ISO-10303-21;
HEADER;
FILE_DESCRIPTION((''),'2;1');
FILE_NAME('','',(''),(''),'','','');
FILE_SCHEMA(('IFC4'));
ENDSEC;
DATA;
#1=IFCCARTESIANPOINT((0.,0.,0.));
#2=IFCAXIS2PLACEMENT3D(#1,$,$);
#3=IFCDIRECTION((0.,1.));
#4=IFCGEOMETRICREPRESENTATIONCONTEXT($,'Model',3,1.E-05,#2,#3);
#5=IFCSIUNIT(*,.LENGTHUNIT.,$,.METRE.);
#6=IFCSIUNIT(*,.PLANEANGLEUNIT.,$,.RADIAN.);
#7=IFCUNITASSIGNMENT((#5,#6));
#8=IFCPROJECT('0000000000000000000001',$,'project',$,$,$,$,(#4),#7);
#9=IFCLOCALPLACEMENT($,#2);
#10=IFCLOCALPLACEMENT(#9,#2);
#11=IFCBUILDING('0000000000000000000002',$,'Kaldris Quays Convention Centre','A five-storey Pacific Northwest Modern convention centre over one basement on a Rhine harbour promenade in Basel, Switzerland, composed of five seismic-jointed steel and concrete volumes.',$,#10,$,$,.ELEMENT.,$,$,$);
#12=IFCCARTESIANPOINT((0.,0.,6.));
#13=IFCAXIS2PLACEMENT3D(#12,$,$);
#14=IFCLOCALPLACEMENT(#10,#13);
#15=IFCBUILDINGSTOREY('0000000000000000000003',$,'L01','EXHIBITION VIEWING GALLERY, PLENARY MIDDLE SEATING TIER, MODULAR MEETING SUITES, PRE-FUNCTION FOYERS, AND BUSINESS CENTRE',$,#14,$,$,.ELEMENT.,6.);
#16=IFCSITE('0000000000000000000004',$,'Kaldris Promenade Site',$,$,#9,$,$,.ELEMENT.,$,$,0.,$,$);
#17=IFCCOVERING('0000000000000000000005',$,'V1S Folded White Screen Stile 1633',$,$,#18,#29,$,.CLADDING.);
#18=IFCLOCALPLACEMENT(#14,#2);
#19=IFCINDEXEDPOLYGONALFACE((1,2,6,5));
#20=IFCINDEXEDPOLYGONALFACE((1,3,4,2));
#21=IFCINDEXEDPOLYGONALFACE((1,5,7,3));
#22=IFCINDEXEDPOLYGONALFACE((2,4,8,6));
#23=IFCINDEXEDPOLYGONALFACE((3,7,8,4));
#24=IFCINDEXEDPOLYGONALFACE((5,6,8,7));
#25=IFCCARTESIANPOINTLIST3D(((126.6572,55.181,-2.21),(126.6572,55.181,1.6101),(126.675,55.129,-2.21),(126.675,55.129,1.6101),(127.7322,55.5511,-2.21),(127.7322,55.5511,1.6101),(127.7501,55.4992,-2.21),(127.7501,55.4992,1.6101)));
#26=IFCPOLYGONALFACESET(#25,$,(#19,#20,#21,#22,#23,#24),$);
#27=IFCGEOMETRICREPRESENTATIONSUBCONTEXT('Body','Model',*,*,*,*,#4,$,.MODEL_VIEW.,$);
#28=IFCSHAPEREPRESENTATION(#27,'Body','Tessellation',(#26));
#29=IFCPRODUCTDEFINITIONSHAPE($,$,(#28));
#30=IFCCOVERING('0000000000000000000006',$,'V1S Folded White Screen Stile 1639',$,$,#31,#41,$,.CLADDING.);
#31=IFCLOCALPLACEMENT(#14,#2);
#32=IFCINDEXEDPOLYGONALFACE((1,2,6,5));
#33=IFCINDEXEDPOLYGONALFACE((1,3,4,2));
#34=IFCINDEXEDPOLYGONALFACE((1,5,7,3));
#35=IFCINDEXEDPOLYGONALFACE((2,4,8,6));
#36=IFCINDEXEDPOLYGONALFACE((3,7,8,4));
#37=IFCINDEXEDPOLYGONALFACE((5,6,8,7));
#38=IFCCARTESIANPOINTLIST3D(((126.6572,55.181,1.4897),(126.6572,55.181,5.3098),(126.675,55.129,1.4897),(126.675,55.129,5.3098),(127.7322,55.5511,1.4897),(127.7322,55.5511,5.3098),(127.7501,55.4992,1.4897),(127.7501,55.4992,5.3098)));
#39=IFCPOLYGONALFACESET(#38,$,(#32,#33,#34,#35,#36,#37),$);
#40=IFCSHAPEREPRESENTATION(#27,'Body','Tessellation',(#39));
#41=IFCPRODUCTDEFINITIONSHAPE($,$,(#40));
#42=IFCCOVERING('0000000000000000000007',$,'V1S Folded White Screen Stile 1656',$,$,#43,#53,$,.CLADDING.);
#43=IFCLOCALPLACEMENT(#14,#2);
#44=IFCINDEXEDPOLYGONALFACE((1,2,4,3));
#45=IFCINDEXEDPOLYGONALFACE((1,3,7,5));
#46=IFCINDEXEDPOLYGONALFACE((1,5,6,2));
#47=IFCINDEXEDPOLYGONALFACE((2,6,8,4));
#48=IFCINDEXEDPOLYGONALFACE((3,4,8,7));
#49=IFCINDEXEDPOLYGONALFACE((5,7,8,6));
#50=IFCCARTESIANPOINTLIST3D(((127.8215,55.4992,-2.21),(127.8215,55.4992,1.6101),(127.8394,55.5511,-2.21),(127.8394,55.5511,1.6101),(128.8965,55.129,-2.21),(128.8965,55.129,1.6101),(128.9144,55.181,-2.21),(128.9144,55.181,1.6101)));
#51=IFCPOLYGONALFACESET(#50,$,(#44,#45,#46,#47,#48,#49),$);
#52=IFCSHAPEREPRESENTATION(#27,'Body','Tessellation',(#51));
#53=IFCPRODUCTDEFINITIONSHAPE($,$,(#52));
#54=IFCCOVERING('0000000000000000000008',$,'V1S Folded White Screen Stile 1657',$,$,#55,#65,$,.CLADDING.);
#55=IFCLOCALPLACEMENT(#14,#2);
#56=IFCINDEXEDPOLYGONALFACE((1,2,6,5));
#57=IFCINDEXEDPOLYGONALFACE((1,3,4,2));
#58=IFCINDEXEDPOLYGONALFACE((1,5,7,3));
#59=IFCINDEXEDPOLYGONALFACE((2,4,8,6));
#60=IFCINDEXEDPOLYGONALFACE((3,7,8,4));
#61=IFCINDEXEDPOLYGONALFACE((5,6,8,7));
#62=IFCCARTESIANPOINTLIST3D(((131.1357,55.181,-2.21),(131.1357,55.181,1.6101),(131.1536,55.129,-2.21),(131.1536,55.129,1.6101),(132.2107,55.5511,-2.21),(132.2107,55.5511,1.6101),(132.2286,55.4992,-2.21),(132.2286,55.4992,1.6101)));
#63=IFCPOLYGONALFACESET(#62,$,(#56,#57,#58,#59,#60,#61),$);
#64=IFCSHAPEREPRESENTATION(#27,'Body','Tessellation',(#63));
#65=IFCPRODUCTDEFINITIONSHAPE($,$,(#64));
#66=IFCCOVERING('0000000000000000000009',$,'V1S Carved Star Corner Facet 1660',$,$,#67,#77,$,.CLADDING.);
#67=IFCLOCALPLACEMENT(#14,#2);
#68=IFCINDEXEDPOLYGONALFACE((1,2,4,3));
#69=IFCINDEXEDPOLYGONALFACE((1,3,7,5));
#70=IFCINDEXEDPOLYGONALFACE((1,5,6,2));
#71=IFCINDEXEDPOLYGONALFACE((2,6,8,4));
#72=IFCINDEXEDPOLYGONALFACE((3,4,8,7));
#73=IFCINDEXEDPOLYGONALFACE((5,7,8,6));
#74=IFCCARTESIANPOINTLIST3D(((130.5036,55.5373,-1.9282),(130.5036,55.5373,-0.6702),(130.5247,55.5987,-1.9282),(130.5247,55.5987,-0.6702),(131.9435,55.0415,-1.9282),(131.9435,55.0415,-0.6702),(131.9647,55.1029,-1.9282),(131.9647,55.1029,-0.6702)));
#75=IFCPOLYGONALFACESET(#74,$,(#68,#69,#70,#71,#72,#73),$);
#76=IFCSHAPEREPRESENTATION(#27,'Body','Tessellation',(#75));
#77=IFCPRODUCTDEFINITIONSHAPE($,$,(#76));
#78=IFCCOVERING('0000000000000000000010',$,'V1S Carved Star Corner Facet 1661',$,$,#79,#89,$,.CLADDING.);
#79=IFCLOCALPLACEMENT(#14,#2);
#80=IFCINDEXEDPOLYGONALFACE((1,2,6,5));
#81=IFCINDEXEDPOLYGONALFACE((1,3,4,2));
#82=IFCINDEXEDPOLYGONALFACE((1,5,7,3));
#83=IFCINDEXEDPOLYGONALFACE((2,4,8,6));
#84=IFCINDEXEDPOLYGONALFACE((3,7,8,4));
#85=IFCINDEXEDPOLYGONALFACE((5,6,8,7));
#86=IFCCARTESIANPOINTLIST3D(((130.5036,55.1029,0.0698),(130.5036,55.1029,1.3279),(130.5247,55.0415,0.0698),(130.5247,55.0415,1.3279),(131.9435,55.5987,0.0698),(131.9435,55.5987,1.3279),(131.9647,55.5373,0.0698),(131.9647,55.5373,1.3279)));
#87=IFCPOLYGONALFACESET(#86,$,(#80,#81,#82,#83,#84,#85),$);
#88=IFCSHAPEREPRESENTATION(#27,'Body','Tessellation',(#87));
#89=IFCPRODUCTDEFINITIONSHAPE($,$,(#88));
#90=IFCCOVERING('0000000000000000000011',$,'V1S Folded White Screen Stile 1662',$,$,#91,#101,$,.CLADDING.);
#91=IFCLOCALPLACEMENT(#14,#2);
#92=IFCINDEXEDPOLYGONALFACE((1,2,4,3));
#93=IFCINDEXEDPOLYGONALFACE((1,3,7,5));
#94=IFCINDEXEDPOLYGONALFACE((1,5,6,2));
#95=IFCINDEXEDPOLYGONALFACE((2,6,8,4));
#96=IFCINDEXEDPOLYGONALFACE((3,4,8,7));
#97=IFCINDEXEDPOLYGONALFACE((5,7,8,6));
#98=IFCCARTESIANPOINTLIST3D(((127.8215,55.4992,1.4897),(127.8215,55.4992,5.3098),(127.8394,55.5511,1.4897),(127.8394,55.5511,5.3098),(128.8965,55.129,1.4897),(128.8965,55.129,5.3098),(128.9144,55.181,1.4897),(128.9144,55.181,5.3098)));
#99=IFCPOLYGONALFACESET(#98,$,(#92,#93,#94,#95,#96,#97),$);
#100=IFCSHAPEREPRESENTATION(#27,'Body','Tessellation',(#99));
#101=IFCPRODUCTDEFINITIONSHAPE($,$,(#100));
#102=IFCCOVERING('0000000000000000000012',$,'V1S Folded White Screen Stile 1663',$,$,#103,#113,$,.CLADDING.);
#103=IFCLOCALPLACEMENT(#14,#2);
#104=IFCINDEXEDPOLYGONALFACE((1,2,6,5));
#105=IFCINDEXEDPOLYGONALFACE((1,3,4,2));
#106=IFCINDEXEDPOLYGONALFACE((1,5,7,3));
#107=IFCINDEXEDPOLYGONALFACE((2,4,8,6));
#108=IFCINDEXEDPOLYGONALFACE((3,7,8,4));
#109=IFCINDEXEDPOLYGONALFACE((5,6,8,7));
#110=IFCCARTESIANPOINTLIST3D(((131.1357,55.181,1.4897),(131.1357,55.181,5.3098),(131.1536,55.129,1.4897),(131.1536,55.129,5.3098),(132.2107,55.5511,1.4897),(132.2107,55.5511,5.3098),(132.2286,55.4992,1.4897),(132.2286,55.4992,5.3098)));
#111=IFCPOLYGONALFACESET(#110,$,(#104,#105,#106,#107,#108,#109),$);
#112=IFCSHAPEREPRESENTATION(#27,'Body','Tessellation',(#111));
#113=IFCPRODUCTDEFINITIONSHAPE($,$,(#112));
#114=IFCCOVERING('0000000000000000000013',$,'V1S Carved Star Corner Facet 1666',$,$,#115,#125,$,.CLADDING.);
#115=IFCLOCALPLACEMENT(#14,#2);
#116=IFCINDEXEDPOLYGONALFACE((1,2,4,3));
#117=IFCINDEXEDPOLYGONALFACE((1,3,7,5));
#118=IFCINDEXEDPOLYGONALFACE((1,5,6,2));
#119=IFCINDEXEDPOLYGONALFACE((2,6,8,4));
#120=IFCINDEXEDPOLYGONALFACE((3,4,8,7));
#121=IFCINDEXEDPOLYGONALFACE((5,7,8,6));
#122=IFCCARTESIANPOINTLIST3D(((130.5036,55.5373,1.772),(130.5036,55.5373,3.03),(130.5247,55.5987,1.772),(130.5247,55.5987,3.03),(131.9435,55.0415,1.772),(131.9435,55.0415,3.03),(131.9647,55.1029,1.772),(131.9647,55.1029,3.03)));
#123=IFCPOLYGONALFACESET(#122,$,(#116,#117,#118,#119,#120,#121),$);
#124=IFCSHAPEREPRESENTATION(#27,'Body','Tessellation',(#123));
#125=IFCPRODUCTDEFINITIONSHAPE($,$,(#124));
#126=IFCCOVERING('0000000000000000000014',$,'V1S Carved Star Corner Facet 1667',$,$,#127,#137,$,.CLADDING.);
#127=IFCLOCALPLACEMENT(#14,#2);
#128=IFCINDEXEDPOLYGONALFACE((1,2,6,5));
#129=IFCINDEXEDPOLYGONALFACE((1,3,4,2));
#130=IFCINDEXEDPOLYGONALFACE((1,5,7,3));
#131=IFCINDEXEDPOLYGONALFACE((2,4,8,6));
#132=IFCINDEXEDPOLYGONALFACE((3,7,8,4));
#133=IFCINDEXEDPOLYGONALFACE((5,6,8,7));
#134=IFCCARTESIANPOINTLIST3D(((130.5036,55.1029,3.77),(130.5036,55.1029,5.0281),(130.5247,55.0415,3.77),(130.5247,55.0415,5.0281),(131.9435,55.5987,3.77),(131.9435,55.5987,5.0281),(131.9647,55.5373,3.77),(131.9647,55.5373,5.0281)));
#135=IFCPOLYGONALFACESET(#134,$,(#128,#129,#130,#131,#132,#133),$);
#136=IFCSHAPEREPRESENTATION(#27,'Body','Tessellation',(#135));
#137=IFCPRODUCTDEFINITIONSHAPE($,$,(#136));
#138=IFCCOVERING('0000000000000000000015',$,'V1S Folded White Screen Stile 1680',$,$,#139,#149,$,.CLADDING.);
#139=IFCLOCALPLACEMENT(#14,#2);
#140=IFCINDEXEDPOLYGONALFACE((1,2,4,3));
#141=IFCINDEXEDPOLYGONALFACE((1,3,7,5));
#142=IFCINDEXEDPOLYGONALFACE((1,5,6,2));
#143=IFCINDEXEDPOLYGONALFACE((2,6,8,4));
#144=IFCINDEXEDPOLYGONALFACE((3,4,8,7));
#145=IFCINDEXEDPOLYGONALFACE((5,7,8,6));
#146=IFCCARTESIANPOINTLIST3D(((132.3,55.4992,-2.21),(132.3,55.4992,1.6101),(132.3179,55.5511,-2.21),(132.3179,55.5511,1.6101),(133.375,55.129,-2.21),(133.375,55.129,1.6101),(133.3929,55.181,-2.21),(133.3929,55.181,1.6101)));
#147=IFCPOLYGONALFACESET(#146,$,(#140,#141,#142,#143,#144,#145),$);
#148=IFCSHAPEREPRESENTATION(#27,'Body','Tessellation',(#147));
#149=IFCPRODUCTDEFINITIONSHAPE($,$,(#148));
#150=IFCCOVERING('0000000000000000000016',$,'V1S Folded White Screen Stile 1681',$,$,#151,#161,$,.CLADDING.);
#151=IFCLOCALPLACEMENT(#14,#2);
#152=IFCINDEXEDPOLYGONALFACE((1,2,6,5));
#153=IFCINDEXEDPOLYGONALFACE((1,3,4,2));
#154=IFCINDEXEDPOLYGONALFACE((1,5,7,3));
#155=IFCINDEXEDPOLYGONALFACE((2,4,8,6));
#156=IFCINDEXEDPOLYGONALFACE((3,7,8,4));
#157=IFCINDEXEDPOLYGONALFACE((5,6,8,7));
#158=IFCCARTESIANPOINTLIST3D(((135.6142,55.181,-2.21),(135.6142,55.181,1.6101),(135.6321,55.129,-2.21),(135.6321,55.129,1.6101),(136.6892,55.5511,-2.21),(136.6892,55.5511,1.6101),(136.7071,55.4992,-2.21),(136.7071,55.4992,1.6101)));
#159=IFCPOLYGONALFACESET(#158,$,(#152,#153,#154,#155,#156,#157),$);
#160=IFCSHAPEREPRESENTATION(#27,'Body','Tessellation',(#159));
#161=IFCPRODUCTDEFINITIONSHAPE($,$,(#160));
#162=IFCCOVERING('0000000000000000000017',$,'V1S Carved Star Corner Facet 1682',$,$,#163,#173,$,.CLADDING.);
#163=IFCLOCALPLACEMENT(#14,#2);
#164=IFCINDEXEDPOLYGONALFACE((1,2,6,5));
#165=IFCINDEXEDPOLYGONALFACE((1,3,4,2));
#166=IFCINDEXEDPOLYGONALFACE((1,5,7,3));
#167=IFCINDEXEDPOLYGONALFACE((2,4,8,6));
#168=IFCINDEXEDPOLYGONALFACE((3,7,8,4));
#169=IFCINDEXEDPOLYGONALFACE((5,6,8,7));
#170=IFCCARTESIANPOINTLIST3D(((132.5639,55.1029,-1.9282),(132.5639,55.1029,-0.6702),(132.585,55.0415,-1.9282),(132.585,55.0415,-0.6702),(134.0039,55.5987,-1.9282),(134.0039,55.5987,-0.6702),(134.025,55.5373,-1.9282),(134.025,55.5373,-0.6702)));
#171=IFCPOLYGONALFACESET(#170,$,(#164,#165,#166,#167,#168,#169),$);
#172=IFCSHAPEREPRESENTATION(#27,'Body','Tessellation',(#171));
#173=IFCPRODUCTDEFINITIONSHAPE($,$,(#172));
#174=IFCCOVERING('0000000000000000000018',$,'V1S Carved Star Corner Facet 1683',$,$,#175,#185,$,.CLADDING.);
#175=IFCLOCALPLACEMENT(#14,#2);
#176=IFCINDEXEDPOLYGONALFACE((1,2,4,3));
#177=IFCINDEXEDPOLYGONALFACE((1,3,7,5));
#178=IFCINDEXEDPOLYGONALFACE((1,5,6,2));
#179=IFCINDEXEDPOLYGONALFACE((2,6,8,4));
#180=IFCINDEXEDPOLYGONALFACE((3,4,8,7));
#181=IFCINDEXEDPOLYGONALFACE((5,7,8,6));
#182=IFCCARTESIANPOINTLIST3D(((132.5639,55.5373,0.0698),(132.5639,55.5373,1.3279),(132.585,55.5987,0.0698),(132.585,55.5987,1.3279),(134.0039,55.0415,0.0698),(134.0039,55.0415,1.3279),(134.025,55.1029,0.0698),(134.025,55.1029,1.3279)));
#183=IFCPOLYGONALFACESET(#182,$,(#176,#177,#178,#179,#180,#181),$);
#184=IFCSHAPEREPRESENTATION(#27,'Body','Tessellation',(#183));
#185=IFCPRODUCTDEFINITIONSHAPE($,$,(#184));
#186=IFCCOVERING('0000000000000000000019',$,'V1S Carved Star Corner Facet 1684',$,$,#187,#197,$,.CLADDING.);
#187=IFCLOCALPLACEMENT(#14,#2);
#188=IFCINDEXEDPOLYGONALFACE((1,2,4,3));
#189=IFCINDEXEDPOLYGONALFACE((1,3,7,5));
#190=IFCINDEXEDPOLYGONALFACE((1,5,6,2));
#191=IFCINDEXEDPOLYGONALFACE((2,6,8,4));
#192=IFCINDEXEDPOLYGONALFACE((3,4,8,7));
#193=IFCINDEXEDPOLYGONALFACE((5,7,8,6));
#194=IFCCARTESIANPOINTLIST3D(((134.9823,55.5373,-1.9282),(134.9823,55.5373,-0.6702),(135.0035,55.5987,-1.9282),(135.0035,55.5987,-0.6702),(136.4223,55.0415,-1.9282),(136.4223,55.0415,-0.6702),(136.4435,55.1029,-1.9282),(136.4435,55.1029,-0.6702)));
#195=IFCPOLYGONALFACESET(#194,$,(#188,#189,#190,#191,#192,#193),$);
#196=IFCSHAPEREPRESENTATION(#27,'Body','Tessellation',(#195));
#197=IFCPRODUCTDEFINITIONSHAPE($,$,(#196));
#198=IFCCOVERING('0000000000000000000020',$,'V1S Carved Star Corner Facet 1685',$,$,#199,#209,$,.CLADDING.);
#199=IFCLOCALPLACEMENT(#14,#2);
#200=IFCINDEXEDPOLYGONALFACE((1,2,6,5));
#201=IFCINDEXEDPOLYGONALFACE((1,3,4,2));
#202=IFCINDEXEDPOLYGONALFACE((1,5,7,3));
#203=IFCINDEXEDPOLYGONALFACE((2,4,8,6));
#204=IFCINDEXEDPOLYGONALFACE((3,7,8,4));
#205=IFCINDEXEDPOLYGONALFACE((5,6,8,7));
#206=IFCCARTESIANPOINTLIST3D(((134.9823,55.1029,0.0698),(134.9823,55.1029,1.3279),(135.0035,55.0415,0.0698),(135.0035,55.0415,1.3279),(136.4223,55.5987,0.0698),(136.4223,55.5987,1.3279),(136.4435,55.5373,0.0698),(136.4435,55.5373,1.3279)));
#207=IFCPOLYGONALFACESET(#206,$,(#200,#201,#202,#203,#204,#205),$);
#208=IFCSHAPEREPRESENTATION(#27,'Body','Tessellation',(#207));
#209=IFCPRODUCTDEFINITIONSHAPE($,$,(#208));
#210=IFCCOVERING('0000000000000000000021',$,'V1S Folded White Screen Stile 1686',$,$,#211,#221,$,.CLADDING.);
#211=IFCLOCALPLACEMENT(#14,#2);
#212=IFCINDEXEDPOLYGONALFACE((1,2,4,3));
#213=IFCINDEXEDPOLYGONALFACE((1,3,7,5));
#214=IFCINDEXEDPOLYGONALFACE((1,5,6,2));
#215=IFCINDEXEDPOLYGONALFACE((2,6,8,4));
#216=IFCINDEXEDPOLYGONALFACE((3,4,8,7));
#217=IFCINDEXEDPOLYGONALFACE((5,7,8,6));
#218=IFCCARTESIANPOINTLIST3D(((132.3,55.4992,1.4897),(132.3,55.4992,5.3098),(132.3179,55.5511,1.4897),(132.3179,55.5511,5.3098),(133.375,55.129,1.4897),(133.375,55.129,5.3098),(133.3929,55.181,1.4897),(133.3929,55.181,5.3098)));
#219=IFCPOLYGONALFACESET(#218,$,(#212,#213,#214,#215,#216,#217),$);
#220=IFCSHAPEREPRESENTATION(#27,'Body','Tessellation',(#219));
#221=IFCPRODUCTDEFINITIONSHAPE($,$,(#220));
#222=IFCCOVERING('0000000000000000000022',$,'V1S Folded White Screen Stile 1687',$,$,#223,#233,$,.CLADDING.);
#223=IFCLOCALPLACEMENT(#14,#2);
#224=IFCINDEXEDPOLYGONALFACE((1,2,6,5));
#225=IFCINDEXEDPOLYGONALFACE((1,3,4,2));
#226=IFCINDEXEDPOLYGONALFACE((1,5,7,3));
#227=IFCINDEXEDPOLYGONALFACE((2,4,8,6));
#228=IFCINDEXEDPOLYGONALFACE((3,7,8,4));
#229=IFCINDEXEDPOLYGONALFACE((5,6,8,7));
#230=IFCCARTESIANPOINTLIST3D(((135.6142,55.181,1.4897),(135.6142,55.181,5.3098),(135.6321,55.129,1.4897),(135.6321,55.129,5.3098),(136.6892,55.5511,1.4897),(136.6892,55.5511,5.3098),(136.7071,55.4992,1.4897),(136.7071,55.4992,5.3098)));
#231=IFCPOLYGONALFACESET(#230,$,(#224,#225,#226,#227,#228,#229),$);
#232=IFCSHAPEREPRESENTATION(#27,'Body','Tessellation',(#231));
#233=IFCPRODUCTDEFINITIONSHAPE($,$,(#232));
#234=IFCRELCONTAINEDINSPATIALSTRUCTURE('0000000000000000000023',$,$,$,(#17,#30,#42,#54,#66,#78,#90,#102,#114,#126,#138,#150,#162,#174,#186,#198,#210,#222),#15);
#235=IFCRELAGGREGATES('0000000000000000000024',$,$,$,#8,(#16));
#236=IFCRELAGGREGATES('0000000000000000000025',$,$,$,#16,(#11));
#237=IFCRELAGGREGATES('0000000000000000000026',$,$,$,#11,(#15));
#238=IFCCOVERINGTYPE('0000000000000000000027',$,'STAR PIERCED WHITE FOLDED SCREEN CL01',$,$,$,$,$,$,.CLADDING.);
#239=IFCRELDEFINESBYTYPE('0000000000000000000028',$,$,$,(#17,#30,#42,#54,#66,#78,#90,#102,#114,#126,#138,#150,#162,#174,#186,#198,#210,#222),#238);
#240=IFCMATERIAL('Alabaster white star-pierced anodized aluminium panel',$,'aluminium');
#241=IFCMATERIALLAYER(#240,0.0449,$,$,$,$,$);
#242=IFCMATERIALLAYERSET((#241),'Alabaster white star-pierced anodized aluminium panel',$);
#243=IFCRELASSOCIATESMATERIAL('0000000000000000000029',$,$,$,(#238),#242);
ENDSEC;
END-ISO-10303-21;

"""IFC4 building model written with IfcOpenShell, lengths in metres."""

from ifc_helpers import new_model, si_unit, direction, frame, origin, origin_2d, place, context, subcontext, project, spatial, rectangle, extrude, material, layer, layer_set, type_object, element, save


model = new_model("IFC4")

# Units and contexts
model_context = context("Model", 3, precision=1e-05, world=origin(), true_north=direction((0.0, 1.0)))
body_context = subcontext(model_context, "Body", "Model", "MODEL_VIEW")
ifc_project = project(units=[si_unit("LENGTHUNIT", "METRE"), si_unit("PLANEANGLEUNIT", "RADIAN")], contexts=[model_context])

# Site, building, storey
site_placement = place(None, origin())
site = spatial("IfcSite", under=ifc_project, at=site_placement, Name="Kaldris Promenade Site", CompositionType="ELEMENT", RefElevation=0.0)
building_placement = place(site_placement, origin())
building = spatial("IfcBuilding", under=site, at=building_placement, Name="Kaldris Quays Convention Centre", Description="A five-storey Pacific Northwest Modern convention centre over one basement on a Rhine harbour promenade in Basel, Switzerland, composed of five seismic-jointed steel and concrete volumes.", CompositionType="ELEMENT")
storey_placement = place(building_placement, frame((0.0, 0.0, 6.0)))
storey = spatial("IfcBuildingStorey", under=building, at=storey_placement, Name="L01", Description="EXHIBITION VIEWING GALLERY, PLENARY MIDDLE SEATING TIER, MODULAR MEETING SUITES, PRE-FUNCTION FOYERS, AND BUSINESS CENTRE", CompositionType="ELEMENT", Elevation=6.0)

# Coverings
ifc_material = material(Name="Alabaster white star-pierced anodized aluminium panel", Category="aluminium")
ifc_layer = layer(ifc_material, 0.0449)
ifc_layer_set = layer_set([ifc_layer], Name="Alabaster white star-pierced anodized aluminium panel")
covering_type = type_object("IfcCoveringType", Name="STAR PIERCED WHITE FOLDED SCREEN CL01", PredefinedType="CLADDING", material=ifc_layer_set)
for number, where, z_axis, x_axis, name in (
    (1, (127.2036, 55.3401, -2.21), (0.0, 0.0, 1.0), (0.945519, 0.325568, 0.0), "V1S Folded White Screen Stile 1633"),
    (2, (127.2036, 55.3401, 1.4897), (0.0, 0.0, 1.0), (0.945519, 0.325568, 0.0), "V1S Folded White Screen Stile 1639"),
    (3, (128.3679, 55.3401, -2.21), (0.0, 0.0, 1.0), (0.945519, -0.325568, 0.0), "V1S Folded White Screen Stile 1656"),
    (4, (131.6821, 55.3401, -2.21), (0.0, 0.0, 1.0), (0.945519, 0.325568, 0.0), "V1S Folded White Screen Stile 1657"),
):
    element("IfcCovering", number, at=place(storey_placement, frame(where, z_axis=z_axis, x_axis=x_axis)), inside=storey, type_object=covering_type, Name=name, PredefinedType="CLADDING", context=body_context, shape_type="SweptSolid", body=[
        extrude(rectangle(XDim=1.137, YDim=0.0549, at=origin_2d()), origin(), (0.0, 0.0, 1.0), 3.8201),
    ])
for number, where, z_axis, x_axis, name in (
    (5, (131.2341, 55.3201, -1.9282), (0.0, 0.0, 1.0), (0.945519, -0.325568, 0.0), "V1S Carved Star Corner Facet 1660"),
    (6, (131.2341, 55.3201, 0.0698), (0.0, 0.0, 1.0), (0.945519, 0.325568, 0.0), "V1S Carved Star Corner Facet 1661"),
):
    element("IfcCovering", number, at=place(storey_placement, frame(where, z_axis=z_axis, x_axis=x_axis)), inside=storey, type_object=covering_type, Name=name, PredefinedType="CLADDING", context=body_context, shape_type="SweptSolid", body=[
        extrude(rectangle(XDim=1.5229, YDim=0.0649, at=origin_2d()), origin(), (0.0, 0.0, 1.0), 1.2581),
    ])
for number, where, z_axis, x_axis, name in (
    (7, (128.3679, 55.3401, 1.4897), (0.0, 0.0, 1.0), (0.945519, -0.325568, 0.0), "V1S Folded White Screen Stile 1662"),
    (8, (131.6821, 55.3401, 1.4897), (0.0, 0.0, 1.0), (0.945519, 0.325568, 0.0), "V1S Folded White Screen Stile 1663"),
):
    element("IfcCovering", number, at=place(storey_placement, frame(where, z_axis=z_axis, x_axis=x_axis)), inside=storey, type_object=covering_type, Name=name, PredefinedType="CLADDING", context=body_context, shape_type="SweptSolid", body=[
        extrude(rectangle(XDim=1.137, YDim=0.0549, at=origin_2d()), origin(), (0.0, 0.0, 1.0), 3.8201),
    ])
for number, where, z_axis, x_axis, name in (
    (9, (131.2341, 55.3201, 1.772), (0.0, 0.0, 1.0), (0.945519, -0.325568, 0.0), "V1S Carved Star Corner Facet 1666"),
    (10, (131.2341, 55.3201, 3.77), (0.0, 0.0, 1.0), (0.945519, 0.325568, 0.0), "V1S Carved Star Corner Facet 1667"),
):
    element("IfcCovering", number, at=place(storey_placement, frame(where, z_axis=z_axis, x_axis=x_axis)), inside=storey, type_object=covering_type, Name=name, PredefinedType="CLADDING", context=body_context, shape_type="SweptSolid", body=[
        extrude(rectangle(XDim=1.5229, YDim=0.0649, at=origin_2d()), origin(), (0.0, 0.0, 1.0), 1.2581),
    ])
for number, where, z_axis, x_axis, name in (
    (11, (132.8464, 55.3401, -2.21), (0.0, 0.0, 1.0), (0.945519, -0.325568, 0.0), "V1S Folded White Screen Stile 1680"),
    (12, (136.1606, 55.3401, -2.21), (0.0, 0.0, 1.0), (0.945519, 0.325568, 0.0), "V1S Folded White Screen Stile 1681"),
):
    element("IfcCovering", number, at=place(storey_placement, frame(where, z_axis=z_axis, x_axis=x_axis)), inside=storey, type_object=covering_type, Name=name, PredefinedType="CLADDING", context=body_context, shape_type="SweptSolid", body=[
        extrude(rectangle(XDim=1.137, YDim=0.0549, at=origin_2d()), origin(), (0.0, 0.0, 1.0), 3.8201),
    ])
for number, where, z_axis, x_axis, name in (
    (13, (133.2944, 55.3201, -1.9282), (0.0, 0.0, 1.0), (0.945519, 0.325568, 0.0), "V1S Carved Star Corner Facet 1682"),
    (14, (133.2944, 55.3201, 0.0698), (0.0, 0.0, 1.0), (0.945519, -0.325568, 0.0), "V1S Carved Star Corner Facet 1683"),
    (15, (135.7129, 55.3201, -1.9282), (0.0, 0.0, 1.0), (0.945519, -0.325568, 0.0), "V1S Carved Star Corner Facet 1684"),
    (16, (135.7129, 55.3201, 0.0698), (0.0, 0.0, 1.0), (0.945519, 0.325568, 0.0), "V1S Carved Star Corner Facet 1685"),
):
    element("IfcCovering", number, at=place(storey_placement, frame(where, z_axis=z_axis, x_axis=x_axis)), inside=storey, type_object=covering_type, Name=name, PredefinedType="CLADDING", context=body_context, shape_type="SweptSolid", body=[
        extrude(rectangle(XDim=1.5229, YDim=0.0649, at=origin_2d()), origin(), (0.0, 0.0, 1.0), 1.2581),
    ])
for number, where, z_axis, x_axis, name in (
    (17, (132.8464, 55.3401, 1.4897), (0.0, 0.0, 1.0), (0.945519, -0.325568, 0.0), "V1S Folded White Screen Stile 1686"),
    (18, (136.1606, 55.3401, 1.4897), (0.0, 0.0, 1.0), (0.945519, 0.325568, 0.0), "V1S Folded White Screen Stile 1687"),
):
    element("IfcCovering", number, at=place(storey_placement, frame(where, z_axis=z_axis, x_axis=x_axis)), inside=storey, type_object=covering_type, Name=name, PredefinedType="CLADDING", context=body_context, shape_type="SweptSolid", body=[
        extrude(rectangle(XDim=1.137, YDim=0.0549, at=origin_2d()), origin(), (0.0, 0.0, 1.0), 3.8201),
    ])

save(model, "model.ifc")
